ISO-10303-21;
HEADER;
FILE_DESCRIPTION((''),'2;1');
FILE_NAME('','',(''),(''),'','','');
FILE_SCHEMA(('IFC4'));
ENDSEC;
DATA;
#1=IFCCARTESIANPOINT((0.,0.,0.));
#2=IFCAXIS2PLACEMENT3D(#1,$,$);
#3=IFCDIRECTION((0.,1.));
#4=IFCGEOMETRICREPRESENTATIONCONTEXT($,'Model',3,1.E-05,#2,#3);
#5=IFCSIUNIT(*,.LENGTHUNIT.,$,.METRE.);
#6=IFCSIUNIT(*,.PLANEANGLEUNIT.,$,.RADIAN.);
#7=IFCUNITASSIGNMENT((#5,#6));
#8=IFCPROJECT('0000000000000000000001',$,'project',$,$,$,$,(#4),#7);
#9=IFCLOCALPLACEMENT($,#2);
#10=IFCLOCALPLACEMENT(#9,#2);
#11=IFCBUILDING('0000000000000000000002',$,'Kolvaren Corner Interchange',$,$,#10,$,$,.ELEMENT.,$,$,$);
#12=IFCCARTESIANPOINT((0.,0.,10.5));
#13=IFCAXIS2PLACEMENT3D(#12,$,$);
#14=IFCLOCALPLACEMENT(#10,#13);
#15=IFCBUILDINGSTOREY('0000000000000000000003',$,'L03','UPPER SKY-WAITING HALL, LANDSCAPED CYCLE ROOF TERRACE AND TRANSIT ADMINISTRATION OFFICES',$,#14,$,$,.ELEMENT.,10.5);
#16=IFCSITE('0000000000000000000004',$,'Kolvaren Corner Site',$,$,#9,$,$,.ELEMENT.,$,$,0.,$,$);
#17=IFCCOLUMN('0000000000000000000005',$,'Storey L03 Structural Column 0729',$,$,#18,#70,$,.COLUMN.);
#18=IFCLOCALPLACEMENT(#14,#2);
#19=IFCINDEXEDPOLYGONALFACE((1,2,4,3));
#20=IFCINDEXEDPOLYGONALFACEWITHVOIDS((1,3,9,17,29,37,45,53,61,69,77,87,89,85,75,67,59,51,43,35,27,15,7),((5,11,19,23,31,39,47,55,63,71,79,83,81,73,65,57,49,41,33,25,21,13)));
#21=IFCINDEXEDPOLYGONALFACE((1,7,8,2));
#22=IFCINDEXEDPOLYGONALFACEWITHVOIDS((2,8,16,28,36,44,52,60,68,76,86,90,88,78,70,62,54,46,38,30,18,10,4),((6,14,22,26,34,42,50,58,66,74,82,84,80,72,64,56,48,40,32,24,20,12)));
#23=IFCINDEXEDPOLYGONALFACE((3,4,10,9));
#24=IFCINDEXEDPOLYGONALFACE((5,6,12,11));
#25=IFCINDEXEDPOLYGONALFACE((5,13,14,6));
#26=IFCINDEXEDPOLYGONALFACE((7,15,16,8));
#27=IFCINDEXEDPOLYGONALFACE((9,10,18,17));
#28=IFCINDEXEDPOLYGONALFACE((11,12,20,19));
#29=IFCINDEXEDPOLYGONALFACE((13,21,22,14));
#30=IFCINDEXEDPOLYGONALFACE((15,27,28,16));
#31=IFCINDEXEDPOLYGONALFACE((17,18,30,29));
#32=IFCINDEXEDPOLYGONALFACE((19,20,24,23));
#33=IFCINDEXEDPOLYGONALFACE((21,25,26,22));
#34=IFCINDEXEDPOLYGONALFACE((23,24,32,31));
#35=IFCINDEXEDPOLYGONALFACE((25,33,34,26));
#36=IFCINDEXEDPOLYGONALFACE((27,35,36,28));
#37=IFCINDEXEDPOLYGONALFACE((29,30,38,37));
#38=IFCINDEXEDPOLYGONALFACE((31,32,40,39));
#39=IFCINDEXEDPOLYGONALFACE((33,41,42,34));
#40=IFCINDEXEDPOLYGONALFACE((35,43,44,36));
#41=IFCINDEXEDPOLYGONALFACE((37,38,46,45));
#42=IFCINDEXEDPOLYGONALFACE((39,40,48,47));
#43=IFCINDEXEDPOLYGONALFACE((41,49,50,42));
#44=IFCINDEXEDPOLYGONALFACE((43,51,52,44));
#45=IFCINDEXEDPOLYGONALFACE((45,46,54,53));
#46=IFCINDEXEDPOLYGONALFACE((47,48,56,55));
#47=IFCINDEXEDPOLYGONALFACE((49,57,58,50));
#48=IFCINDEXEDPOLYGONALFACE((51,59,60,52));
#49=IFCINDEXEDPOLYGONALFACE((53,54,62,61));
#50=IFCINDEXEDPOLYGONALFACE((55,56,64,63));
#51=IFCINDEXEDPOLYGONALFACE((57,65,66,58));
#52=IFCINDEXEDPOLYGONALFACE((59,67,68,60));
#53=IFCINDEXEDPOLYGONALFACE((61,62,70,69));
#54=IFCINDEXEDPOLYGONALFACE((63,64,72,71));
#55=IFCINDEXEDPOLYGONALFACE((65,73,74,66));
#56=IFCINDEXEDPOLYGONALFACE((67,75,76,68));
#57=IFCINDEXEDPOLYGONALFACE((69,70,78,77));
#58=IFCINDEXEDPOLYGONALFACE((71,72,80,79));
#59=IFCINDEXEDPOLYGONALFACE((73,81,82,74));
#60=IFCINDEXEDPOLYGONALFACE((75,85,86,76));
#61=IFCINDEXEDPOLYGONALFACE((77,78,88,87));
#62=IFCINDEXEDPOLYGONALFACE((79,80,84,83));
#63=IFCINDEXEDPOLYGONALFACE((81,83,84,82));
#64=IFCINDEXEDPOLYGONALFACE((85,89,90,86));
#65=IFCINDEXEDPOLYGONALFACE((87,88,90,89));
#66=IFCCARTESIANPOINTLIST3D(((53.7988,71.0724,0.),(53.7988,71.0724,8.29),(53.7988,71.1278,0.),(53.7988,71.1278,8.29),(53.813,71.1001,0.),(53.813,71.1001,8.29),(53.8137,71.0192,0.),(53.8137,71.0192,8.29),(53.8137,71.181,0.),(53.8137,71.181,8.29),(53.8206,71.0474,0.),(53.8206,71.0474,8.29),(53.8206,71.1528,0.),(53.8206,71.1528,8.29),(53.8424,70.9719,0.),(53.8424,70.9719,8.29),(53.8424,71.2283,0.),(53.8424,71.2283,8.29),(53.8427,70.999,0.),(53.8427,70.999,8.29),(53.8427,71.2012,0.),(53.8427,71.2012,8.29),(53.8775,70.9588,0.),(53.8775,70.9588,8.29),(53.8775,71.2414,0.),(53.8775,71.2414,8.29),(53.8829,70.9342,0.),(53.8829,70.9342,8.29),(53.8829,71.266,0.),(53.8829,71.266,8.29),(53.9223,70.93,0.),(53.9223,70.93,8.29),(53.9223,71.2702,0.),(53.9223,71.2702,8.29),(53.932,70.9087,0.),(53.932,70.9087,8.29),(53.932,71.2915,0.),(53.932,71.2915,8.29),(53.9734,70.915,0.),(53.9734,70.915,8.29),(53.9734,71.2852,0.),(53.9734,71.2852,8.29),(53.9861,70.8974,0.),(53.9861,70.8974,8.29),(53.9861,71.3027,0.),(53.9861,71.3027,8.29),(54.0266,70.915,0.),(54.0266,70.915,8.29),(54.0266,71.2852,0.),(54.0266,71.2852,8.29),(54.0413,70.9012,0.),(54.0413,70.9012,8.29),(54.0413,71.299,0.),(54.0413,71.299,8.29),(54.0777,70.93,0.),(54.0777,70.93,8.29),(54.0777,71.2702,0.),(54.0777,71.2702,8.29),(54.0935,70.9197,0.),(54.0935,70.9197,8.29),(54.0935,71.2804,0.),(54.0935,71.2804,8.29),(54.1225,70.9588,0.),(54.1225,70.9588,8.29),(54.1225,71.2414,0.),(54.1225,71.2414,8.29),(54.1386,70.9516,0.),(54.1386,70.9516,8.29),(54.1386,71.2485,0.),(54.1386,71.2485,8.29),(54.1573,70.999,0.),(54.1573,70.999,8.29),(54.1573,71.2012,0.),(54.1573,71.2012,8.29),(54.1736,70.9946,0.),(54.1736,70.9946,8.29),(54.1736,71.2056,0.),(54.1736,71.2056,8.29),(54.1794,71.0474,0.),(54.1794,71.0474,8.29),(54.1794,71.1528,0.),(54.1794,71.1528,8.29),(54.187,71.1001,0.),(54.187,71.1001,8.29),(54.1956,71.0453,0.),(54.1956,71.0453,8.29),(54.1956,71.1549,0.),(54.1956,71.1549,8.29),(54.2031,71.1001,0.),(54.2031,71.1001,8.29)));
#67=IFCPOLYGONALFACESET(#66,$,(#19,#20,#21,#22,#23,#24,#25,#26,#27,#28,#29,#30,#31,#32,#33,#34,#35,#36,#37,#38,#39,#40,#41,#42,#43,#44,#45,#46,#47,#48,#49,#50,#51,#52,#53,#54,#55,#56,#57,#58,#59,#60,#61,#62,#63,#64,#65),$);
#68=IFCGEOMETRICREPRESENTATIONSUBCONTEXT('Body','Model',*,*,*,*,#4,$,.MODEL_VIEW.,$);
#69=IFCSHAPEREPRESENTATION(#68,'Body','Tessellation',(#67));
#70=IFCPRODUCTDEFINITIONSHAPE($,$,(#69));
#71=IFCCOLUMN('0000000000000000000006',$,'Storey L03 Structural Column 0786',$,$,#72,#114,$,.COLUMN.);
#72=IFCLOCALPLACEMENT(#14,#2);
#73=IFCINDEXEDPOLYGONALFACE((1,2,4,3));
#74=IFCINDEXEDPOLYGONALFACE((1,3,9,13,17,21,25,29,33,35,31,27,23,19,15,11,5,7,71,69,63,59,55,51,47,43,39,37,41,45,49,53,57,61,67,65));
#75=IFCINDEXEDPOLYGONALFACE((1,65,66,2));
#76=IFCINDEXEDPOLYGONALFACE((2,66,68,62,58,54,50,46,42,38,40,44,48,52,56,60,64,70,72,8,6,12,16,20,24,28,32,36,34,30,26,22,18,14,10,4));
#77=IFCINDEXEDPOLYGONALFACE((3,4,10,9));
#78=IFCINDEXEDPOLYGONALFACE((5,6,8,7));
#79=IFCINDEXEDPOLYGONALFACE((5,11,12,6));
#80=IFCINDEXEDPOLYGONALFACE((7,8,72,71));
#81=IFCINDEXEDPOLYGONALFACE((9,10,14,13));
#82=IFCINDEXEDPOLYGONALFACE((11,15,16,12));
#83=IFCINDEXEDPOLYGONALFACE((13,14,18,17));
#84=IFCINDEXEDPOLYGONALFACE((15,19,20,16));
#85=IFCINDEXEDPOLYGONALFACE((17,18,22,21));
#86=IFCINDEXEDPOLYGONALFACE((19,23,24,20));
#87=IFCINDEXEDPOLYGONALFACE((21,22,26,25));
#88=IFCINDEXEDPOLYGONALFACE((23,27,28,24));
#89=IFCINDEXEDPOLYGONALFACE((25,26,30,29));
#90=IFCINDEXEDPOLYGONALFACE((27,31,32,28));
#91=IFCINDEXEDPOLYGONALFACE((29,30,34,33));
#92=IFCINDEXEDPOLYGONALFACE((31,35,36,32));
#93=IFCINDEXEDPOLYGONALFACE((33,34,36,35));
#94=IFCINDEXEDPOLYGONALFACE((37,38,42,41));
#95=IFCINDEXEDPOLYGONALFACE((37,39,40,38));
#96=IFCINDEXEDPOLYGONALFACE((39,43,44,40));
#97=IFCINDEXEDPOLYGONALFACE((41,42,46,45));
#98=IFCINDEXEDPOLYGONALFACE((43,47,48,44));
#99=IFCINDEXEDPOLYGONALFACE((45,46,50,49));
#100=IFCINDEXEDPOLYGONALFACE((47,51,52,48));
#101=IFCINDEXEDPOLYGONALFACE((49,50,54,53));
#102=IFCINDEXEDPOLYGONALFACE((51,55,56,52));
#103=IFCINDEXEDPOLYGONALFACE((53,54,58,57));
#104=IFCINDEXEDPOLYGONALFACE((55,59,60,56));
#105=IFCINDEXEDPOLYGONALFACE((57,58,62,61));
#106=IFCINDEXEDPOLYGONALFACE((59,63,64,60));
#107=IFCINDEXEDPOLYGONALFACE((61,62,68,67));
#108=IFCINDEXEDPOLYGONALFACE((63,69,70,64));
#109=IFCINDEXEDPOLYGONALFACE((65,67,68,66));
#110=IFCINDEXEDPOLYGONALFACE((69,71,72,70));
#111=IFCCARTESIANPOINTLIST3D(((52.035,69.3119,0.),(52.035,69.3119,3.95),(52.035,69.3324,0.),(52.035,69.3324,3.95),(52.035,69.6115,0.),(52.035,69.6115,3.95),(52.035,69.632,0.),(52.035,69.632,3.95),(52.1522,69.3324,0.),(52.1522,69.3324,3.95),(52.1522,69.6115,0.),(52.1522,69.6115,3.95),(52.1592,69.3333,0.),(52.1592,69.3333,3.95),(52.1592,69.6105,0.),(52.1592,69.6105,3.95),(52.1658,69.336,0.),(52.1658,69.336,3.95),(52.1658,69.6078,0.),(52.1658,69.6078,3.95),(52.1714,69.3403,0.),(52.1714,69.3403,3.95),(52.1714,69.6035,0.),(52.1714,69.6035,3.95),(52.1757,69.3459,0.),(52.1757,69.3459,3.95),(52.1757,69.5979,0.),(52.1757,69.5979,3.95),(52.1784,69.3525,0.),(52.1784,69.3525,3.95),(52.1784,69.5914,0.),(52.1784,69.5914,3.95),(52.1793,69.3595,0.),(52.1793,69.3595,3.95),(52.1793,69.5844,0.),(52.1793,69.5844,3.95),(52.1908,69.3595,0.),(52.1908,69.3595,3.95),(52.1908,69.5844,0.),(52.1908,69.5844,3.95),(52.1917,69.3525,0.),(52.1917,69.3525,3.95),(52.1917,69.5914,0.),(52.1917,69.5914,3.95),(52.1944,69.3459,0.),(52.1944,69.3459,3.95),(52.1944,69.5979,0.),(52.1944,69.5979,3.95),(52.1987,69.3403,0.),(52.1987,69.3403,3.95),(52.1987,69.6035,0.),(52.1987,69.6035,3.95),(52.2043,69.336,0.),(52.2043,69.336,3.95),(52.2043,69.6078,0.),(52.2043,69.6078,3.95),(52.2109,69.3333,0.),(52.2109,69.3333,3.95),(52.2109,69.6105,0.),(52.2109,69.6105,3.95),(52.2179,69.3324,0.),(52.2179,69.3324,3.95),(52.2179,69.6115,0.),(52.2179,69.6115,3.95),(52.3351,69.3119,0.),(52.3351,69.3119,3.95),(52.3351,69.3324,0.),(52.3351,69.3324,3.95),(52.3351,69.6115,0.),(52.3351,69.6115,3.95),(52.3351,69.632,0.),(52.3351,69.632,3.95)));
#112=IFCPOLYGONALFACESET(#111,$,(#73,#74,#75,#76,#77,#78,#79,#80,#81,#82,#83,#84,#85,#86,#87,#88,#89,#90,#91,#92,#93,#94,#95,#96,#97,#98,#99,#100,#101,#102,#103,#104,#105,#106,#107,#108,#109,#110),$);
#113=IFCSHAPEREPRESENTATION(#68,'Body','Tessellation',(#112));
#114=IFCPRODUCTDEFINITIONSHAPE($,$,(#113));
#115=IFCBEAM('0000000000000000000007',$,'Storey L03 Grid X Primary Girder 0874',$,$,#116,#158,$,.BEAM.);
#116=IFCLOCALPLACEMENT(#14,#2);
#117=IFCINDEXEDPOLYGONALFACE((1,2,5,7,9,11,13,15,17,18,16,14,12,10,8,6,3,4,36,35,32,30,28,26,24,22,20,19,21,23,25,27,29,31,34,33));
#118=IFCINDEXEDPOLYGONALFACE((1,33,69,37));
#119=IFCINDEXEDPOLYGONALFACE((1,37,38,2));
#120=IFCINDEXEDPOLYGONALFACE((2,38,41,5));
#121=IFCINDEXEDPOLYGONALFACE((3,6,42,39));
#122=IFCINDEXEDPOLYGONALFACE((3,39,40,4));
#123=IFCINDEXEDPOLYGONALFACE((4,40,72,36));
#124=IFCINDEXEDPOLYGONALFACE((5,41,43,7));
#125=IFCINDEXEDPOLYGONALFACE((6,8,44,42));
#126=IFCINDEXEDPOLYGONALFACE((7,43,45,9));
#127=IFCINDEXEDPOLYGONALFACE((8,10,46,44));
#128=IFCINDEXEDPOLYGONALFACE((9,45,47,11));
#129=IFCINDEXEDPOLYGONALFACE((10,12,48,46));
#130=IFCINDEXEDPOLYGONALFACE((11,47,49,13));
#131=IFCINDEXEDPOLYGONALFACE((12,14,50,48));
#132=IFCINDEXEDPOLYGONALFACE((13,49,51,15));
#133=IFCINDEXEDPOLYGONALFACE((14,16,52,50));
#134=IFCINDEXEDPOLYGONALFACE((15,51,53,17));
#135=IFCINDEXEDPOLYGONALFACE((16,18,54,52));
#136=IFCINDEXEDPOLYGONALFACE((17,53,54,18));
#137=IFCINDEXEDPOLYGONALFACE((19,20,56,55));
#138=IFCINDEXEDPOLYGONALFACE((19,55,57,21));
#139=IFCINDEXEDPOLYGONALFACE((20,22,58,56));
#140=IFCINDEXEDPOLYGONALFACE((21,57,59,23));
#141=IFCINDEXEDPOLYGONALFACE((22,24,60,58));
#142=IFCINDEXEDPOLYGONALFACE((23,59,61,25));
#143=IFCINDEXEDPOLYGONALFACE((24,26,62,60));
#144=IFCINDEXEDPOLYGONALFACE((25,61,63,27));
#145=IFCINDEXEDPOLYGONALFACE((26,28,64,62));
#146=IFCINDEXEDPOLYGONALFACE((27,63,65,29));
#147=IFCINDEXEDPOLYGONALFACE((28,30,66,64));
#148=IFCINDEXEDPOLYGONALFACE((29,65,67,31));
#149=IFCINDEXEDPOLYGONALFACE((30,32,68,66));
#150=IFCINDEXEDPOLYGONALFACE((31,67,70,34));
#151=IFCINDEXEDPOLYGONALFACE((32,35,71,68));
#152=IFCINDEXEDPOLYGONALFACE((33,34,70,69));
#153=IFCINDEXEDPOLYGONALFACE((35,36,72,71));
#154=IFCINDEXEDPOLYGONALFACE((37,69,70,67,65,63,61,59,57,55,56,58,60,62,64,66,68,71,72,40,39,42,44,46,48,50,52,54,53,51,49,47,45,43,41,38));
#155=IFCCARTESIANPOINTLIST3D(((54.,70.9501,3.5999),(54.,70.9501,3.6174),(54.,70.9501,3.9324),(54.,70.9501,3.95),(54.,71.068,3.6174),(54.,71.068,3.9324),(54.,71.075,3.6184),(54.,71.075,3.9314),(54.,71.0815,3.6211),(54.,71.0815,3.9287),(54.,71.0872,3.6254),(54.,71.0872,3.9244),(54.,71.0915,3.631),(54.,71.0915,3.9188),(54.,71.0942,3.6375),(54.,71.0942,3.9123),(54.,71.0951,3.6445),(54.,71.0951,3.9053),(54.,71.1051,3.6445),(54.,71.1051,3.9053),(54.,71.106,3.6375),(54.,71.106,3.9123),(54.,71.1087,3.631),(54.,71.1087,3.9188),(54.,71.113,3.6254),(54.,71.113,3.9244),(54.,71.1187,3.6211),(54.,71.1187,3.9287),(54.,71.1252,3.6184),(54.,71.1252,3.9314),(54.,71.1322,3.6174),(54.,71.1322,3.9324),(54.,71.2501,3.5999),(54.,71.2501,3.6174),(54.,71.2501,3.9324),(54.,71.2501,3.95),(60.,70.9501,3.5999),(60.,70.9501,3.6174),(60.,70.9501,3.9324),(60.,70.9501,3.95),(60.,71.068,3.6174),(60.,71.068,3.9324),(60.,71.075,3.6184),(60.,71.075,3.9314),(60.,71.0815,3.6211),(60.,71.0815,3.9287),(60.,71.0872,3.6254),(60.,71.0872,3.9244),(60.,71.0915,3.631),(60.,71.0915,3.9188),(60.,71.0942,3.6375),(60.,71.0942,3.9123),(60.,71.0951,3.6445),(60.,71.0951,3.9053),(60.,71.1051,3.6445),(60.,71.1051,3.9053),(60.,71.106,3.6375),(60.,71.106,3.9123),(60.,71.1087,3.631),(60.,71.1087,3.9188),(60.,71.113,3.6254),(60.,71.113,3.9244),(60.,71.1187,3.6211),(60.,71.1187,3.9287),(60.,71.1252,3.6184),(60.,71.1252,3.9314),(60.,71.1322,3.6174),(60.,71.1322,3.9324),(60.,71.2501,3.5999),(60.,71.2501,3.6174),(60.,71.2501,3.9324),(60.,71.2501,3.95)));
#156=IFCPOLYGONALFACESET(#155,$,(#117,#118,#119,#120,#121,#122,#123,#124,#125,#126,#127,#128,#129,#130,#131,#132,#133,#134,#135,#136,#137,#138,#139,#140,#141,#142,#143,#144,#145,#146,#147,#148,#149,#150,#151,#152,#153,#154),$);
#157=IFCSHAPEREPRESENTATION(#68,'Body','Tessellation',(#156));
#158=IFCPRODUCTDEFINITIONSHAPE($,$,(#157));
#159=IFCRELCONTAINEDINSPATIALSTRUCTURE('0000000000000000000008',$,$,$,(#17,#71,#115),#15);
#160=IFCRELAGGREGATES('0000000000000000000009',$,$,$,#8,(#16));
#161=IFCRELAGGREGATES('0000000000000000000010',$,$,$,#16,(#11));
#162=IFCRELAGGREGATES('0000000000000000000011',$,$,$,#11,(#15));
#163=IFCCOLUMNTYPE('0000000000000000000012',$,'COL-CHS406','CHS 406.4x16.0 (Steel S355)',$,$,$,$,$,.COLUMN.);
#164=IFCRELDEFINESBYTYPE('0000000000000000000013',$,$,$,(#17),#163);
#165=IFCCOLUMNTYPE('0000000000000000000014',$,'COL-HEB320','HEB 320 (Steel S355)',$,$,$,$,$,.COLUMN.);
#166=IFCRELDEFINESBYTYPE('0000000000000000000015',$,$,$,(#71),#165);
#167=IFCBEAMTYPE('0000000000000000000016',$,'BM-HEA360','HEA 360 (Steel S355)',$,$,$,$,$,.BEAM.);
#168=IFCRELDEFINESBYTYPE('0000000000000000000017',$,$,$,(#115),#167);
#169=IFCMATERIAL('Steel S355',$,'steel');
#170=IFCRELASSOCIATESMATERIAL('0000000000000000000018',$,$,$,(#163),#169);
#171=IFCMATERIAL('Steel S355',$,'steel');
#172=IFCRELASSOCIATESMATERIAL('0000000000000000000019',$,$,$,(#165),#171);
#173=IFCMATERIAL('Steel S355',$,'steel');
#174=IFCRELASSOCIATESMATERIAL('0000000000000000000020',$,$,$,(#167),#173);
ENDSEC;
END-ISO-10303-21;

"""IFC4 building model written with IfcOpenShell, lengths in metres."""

from ifc_helpers import new_model, si_unit, direction, frame, origin, origin_2d, place, context, subcontext, project, spatial, hollow_circle, i_section, extrude, material, material_profile, profile_set, type_object, element, save


model = new_model("IFC4")

# Units and contexts
model_context = context("Model", 3, precision=1e-05, world=origin(), true_north=direction((0.0, 1.0)))
body_context = subcontext(model_context, "Body", "Model", "MODEL_VIEW")
ifc_project = project(units=[si_unit("LENGTHUNIT", "METRE"), si_unit("PLANEANGLEUNIT", "RADIAN")], contexts=[model_context])

# Site, building, storey
site_placement = place(None, origin())
site = spatial("IfcSite", under=ifc_project, at=site_placement, Name="Kolvaren Corner Site", CompositionType="ELEMENT", RefElevation=0.0)
building_placement = place(site_placement, origin())
building = spatial("IfcBuilding", under=site, at=building_placement, Name="Kolvaren Corner Interchange", CompositionType="ELEMENT")
storey_placement = place(building_placement, frame((0.0, 0.0, 10.5)))
storey = spatial("IfcBuildingStorey", under=building, at=storey_placement, Name="L03", Description="UPPER SKY-WAITING HALL, LANDSCAPED CYCLE ROOF TERRACE AND TRANSIT ADMINISTRATION OFFICES", CompositionType="ELEMENT", Elevation=10.5)

# Columns
ifc_material_1 = material(Name="Steel S355", Category="steel")
ifc_material_profile_1 = material_profile(ifc_material_1, hollow_circle(Radius=0.2031, WallThickness=0.0161, at=origin_2d()), Name="CHS 406.4x16.0")
ifc_profile_set_1 = profile_set([ifc_material_profile_1], Name="Steel S355")
column_type_1 = type_object("IfcColumnType", Name="COL-CHS406", Description="CHS 406.4x16.0 (Steel S355)", PredefinedType="COLUMN", material=ifc_profile_set_1)
column_1_placement = place(storey_placement, frame((54.0, 71.1001, 0.0), z_axis=(0.0, 0.0, 1.0), x_axis=(1.0, 0.0, 0.0)))
element("IfcColumn", 1, at=column_1_placement, inside=storey, type_object=column_type_1, Name="Storey L03 Structural Column 0729", PredefinedType="COLUMN", context=body_context, shape_type="SweptSolid", body=[
    extrude(hollow_circle(Radius=0.2031, WallThickness=0.0161, at=origin_2d()), origin(), (0.0, 0.0, 1.0), 8.29),
])
ifc_material_2 = material(Name="Steel S355", Category="steel")
ifc_material_profile_2 = material_profile(ifc_material_2, i_section(OverallWidth=0.3, OverallDepth=0.3201, WebThickness=0.0115, FlangeThickness=0.0205, FilletRadius=0.0271, at=origin_2d()), Name="HEB 320")
ifc_profile_set_2 = profile_set([ifc_material_profile_2], Name="Steel S355")
column_type_2 = type_object("IfcColumnType", Name="COL-HEB320", Description="HEB 320 (Steel S355)", PredefinedType="COLUMN", material=ifc_profile_set_2)
column_2_placement = place(storey_placement, frame((52.1851, 69.4719, 0.0), z_axis=(0.0, 0.0, 1.0), x_axis=(1.0, 0.0, 0.0)))
element("IfcColumn", 2, at=column_2_placement, inside=storey, type_object=column_type_2, Name="Storey L03 Structural Column 0786", PredefinedType="COLUMN", context=body_context, shape_type="SweptSolid", body=[
    extrude(i_section(OverallWidth=0.3, OverallDepth=0.3201, WebThickness=0.0115, FlangeThickness=0.0205, FilletRadius=0.0271, at=origin_2d()), origin(), (0.0, 0.0, 1.0), 3.95),
])

# Beam
ifc_material_3 = material(Name="Steel S355", Category="steel")
ifc_material_profile_3 = material_profile(ifc_material_3, i_section(OverallWidth=0.3, OverallDepth=0.3501, WebThickness=0.01, FlangeThickness=0.0176, FilletRadius=0.0271, at=origin_2d()), Name="HEA 360")
ifc_profile_set_3 = profile_set([ifc_material_profile_3], Name="Steel S355")
beam_type_1 = type_object("IfcBeamType", Name="BM-HEA360", Description="HEA 360 (Steel S355)", PredefinedType="BEAM", material=ifc_profile_set_3)
beam_1_placement = place(storey_placement, frame((54.0, 71.1001, 3.7749), z_axis=(1.0, 0.0, 0.0), x_axis=(0.0, 1.0, 0.0)))
element("IfcBeam", 3, at=beam_1_placement, inside=storey, type_object=beam_type_1, Name="Storey L03 Grid X Primary Girder 0874", PredefinedType="BEAM", context=body_context, shape_type="SweptSolid", body=[
    extrude(i_section(OverallWidth=0.3, OverallDepth=0.3501, WebThickness=0.01, FlangeThickness=0.0176, FilletRadius=0.0271, at=origin_2d()), origin(), (0.0, 0.0, 1.0), 6.0),
])

save(model, "model.ifc")
